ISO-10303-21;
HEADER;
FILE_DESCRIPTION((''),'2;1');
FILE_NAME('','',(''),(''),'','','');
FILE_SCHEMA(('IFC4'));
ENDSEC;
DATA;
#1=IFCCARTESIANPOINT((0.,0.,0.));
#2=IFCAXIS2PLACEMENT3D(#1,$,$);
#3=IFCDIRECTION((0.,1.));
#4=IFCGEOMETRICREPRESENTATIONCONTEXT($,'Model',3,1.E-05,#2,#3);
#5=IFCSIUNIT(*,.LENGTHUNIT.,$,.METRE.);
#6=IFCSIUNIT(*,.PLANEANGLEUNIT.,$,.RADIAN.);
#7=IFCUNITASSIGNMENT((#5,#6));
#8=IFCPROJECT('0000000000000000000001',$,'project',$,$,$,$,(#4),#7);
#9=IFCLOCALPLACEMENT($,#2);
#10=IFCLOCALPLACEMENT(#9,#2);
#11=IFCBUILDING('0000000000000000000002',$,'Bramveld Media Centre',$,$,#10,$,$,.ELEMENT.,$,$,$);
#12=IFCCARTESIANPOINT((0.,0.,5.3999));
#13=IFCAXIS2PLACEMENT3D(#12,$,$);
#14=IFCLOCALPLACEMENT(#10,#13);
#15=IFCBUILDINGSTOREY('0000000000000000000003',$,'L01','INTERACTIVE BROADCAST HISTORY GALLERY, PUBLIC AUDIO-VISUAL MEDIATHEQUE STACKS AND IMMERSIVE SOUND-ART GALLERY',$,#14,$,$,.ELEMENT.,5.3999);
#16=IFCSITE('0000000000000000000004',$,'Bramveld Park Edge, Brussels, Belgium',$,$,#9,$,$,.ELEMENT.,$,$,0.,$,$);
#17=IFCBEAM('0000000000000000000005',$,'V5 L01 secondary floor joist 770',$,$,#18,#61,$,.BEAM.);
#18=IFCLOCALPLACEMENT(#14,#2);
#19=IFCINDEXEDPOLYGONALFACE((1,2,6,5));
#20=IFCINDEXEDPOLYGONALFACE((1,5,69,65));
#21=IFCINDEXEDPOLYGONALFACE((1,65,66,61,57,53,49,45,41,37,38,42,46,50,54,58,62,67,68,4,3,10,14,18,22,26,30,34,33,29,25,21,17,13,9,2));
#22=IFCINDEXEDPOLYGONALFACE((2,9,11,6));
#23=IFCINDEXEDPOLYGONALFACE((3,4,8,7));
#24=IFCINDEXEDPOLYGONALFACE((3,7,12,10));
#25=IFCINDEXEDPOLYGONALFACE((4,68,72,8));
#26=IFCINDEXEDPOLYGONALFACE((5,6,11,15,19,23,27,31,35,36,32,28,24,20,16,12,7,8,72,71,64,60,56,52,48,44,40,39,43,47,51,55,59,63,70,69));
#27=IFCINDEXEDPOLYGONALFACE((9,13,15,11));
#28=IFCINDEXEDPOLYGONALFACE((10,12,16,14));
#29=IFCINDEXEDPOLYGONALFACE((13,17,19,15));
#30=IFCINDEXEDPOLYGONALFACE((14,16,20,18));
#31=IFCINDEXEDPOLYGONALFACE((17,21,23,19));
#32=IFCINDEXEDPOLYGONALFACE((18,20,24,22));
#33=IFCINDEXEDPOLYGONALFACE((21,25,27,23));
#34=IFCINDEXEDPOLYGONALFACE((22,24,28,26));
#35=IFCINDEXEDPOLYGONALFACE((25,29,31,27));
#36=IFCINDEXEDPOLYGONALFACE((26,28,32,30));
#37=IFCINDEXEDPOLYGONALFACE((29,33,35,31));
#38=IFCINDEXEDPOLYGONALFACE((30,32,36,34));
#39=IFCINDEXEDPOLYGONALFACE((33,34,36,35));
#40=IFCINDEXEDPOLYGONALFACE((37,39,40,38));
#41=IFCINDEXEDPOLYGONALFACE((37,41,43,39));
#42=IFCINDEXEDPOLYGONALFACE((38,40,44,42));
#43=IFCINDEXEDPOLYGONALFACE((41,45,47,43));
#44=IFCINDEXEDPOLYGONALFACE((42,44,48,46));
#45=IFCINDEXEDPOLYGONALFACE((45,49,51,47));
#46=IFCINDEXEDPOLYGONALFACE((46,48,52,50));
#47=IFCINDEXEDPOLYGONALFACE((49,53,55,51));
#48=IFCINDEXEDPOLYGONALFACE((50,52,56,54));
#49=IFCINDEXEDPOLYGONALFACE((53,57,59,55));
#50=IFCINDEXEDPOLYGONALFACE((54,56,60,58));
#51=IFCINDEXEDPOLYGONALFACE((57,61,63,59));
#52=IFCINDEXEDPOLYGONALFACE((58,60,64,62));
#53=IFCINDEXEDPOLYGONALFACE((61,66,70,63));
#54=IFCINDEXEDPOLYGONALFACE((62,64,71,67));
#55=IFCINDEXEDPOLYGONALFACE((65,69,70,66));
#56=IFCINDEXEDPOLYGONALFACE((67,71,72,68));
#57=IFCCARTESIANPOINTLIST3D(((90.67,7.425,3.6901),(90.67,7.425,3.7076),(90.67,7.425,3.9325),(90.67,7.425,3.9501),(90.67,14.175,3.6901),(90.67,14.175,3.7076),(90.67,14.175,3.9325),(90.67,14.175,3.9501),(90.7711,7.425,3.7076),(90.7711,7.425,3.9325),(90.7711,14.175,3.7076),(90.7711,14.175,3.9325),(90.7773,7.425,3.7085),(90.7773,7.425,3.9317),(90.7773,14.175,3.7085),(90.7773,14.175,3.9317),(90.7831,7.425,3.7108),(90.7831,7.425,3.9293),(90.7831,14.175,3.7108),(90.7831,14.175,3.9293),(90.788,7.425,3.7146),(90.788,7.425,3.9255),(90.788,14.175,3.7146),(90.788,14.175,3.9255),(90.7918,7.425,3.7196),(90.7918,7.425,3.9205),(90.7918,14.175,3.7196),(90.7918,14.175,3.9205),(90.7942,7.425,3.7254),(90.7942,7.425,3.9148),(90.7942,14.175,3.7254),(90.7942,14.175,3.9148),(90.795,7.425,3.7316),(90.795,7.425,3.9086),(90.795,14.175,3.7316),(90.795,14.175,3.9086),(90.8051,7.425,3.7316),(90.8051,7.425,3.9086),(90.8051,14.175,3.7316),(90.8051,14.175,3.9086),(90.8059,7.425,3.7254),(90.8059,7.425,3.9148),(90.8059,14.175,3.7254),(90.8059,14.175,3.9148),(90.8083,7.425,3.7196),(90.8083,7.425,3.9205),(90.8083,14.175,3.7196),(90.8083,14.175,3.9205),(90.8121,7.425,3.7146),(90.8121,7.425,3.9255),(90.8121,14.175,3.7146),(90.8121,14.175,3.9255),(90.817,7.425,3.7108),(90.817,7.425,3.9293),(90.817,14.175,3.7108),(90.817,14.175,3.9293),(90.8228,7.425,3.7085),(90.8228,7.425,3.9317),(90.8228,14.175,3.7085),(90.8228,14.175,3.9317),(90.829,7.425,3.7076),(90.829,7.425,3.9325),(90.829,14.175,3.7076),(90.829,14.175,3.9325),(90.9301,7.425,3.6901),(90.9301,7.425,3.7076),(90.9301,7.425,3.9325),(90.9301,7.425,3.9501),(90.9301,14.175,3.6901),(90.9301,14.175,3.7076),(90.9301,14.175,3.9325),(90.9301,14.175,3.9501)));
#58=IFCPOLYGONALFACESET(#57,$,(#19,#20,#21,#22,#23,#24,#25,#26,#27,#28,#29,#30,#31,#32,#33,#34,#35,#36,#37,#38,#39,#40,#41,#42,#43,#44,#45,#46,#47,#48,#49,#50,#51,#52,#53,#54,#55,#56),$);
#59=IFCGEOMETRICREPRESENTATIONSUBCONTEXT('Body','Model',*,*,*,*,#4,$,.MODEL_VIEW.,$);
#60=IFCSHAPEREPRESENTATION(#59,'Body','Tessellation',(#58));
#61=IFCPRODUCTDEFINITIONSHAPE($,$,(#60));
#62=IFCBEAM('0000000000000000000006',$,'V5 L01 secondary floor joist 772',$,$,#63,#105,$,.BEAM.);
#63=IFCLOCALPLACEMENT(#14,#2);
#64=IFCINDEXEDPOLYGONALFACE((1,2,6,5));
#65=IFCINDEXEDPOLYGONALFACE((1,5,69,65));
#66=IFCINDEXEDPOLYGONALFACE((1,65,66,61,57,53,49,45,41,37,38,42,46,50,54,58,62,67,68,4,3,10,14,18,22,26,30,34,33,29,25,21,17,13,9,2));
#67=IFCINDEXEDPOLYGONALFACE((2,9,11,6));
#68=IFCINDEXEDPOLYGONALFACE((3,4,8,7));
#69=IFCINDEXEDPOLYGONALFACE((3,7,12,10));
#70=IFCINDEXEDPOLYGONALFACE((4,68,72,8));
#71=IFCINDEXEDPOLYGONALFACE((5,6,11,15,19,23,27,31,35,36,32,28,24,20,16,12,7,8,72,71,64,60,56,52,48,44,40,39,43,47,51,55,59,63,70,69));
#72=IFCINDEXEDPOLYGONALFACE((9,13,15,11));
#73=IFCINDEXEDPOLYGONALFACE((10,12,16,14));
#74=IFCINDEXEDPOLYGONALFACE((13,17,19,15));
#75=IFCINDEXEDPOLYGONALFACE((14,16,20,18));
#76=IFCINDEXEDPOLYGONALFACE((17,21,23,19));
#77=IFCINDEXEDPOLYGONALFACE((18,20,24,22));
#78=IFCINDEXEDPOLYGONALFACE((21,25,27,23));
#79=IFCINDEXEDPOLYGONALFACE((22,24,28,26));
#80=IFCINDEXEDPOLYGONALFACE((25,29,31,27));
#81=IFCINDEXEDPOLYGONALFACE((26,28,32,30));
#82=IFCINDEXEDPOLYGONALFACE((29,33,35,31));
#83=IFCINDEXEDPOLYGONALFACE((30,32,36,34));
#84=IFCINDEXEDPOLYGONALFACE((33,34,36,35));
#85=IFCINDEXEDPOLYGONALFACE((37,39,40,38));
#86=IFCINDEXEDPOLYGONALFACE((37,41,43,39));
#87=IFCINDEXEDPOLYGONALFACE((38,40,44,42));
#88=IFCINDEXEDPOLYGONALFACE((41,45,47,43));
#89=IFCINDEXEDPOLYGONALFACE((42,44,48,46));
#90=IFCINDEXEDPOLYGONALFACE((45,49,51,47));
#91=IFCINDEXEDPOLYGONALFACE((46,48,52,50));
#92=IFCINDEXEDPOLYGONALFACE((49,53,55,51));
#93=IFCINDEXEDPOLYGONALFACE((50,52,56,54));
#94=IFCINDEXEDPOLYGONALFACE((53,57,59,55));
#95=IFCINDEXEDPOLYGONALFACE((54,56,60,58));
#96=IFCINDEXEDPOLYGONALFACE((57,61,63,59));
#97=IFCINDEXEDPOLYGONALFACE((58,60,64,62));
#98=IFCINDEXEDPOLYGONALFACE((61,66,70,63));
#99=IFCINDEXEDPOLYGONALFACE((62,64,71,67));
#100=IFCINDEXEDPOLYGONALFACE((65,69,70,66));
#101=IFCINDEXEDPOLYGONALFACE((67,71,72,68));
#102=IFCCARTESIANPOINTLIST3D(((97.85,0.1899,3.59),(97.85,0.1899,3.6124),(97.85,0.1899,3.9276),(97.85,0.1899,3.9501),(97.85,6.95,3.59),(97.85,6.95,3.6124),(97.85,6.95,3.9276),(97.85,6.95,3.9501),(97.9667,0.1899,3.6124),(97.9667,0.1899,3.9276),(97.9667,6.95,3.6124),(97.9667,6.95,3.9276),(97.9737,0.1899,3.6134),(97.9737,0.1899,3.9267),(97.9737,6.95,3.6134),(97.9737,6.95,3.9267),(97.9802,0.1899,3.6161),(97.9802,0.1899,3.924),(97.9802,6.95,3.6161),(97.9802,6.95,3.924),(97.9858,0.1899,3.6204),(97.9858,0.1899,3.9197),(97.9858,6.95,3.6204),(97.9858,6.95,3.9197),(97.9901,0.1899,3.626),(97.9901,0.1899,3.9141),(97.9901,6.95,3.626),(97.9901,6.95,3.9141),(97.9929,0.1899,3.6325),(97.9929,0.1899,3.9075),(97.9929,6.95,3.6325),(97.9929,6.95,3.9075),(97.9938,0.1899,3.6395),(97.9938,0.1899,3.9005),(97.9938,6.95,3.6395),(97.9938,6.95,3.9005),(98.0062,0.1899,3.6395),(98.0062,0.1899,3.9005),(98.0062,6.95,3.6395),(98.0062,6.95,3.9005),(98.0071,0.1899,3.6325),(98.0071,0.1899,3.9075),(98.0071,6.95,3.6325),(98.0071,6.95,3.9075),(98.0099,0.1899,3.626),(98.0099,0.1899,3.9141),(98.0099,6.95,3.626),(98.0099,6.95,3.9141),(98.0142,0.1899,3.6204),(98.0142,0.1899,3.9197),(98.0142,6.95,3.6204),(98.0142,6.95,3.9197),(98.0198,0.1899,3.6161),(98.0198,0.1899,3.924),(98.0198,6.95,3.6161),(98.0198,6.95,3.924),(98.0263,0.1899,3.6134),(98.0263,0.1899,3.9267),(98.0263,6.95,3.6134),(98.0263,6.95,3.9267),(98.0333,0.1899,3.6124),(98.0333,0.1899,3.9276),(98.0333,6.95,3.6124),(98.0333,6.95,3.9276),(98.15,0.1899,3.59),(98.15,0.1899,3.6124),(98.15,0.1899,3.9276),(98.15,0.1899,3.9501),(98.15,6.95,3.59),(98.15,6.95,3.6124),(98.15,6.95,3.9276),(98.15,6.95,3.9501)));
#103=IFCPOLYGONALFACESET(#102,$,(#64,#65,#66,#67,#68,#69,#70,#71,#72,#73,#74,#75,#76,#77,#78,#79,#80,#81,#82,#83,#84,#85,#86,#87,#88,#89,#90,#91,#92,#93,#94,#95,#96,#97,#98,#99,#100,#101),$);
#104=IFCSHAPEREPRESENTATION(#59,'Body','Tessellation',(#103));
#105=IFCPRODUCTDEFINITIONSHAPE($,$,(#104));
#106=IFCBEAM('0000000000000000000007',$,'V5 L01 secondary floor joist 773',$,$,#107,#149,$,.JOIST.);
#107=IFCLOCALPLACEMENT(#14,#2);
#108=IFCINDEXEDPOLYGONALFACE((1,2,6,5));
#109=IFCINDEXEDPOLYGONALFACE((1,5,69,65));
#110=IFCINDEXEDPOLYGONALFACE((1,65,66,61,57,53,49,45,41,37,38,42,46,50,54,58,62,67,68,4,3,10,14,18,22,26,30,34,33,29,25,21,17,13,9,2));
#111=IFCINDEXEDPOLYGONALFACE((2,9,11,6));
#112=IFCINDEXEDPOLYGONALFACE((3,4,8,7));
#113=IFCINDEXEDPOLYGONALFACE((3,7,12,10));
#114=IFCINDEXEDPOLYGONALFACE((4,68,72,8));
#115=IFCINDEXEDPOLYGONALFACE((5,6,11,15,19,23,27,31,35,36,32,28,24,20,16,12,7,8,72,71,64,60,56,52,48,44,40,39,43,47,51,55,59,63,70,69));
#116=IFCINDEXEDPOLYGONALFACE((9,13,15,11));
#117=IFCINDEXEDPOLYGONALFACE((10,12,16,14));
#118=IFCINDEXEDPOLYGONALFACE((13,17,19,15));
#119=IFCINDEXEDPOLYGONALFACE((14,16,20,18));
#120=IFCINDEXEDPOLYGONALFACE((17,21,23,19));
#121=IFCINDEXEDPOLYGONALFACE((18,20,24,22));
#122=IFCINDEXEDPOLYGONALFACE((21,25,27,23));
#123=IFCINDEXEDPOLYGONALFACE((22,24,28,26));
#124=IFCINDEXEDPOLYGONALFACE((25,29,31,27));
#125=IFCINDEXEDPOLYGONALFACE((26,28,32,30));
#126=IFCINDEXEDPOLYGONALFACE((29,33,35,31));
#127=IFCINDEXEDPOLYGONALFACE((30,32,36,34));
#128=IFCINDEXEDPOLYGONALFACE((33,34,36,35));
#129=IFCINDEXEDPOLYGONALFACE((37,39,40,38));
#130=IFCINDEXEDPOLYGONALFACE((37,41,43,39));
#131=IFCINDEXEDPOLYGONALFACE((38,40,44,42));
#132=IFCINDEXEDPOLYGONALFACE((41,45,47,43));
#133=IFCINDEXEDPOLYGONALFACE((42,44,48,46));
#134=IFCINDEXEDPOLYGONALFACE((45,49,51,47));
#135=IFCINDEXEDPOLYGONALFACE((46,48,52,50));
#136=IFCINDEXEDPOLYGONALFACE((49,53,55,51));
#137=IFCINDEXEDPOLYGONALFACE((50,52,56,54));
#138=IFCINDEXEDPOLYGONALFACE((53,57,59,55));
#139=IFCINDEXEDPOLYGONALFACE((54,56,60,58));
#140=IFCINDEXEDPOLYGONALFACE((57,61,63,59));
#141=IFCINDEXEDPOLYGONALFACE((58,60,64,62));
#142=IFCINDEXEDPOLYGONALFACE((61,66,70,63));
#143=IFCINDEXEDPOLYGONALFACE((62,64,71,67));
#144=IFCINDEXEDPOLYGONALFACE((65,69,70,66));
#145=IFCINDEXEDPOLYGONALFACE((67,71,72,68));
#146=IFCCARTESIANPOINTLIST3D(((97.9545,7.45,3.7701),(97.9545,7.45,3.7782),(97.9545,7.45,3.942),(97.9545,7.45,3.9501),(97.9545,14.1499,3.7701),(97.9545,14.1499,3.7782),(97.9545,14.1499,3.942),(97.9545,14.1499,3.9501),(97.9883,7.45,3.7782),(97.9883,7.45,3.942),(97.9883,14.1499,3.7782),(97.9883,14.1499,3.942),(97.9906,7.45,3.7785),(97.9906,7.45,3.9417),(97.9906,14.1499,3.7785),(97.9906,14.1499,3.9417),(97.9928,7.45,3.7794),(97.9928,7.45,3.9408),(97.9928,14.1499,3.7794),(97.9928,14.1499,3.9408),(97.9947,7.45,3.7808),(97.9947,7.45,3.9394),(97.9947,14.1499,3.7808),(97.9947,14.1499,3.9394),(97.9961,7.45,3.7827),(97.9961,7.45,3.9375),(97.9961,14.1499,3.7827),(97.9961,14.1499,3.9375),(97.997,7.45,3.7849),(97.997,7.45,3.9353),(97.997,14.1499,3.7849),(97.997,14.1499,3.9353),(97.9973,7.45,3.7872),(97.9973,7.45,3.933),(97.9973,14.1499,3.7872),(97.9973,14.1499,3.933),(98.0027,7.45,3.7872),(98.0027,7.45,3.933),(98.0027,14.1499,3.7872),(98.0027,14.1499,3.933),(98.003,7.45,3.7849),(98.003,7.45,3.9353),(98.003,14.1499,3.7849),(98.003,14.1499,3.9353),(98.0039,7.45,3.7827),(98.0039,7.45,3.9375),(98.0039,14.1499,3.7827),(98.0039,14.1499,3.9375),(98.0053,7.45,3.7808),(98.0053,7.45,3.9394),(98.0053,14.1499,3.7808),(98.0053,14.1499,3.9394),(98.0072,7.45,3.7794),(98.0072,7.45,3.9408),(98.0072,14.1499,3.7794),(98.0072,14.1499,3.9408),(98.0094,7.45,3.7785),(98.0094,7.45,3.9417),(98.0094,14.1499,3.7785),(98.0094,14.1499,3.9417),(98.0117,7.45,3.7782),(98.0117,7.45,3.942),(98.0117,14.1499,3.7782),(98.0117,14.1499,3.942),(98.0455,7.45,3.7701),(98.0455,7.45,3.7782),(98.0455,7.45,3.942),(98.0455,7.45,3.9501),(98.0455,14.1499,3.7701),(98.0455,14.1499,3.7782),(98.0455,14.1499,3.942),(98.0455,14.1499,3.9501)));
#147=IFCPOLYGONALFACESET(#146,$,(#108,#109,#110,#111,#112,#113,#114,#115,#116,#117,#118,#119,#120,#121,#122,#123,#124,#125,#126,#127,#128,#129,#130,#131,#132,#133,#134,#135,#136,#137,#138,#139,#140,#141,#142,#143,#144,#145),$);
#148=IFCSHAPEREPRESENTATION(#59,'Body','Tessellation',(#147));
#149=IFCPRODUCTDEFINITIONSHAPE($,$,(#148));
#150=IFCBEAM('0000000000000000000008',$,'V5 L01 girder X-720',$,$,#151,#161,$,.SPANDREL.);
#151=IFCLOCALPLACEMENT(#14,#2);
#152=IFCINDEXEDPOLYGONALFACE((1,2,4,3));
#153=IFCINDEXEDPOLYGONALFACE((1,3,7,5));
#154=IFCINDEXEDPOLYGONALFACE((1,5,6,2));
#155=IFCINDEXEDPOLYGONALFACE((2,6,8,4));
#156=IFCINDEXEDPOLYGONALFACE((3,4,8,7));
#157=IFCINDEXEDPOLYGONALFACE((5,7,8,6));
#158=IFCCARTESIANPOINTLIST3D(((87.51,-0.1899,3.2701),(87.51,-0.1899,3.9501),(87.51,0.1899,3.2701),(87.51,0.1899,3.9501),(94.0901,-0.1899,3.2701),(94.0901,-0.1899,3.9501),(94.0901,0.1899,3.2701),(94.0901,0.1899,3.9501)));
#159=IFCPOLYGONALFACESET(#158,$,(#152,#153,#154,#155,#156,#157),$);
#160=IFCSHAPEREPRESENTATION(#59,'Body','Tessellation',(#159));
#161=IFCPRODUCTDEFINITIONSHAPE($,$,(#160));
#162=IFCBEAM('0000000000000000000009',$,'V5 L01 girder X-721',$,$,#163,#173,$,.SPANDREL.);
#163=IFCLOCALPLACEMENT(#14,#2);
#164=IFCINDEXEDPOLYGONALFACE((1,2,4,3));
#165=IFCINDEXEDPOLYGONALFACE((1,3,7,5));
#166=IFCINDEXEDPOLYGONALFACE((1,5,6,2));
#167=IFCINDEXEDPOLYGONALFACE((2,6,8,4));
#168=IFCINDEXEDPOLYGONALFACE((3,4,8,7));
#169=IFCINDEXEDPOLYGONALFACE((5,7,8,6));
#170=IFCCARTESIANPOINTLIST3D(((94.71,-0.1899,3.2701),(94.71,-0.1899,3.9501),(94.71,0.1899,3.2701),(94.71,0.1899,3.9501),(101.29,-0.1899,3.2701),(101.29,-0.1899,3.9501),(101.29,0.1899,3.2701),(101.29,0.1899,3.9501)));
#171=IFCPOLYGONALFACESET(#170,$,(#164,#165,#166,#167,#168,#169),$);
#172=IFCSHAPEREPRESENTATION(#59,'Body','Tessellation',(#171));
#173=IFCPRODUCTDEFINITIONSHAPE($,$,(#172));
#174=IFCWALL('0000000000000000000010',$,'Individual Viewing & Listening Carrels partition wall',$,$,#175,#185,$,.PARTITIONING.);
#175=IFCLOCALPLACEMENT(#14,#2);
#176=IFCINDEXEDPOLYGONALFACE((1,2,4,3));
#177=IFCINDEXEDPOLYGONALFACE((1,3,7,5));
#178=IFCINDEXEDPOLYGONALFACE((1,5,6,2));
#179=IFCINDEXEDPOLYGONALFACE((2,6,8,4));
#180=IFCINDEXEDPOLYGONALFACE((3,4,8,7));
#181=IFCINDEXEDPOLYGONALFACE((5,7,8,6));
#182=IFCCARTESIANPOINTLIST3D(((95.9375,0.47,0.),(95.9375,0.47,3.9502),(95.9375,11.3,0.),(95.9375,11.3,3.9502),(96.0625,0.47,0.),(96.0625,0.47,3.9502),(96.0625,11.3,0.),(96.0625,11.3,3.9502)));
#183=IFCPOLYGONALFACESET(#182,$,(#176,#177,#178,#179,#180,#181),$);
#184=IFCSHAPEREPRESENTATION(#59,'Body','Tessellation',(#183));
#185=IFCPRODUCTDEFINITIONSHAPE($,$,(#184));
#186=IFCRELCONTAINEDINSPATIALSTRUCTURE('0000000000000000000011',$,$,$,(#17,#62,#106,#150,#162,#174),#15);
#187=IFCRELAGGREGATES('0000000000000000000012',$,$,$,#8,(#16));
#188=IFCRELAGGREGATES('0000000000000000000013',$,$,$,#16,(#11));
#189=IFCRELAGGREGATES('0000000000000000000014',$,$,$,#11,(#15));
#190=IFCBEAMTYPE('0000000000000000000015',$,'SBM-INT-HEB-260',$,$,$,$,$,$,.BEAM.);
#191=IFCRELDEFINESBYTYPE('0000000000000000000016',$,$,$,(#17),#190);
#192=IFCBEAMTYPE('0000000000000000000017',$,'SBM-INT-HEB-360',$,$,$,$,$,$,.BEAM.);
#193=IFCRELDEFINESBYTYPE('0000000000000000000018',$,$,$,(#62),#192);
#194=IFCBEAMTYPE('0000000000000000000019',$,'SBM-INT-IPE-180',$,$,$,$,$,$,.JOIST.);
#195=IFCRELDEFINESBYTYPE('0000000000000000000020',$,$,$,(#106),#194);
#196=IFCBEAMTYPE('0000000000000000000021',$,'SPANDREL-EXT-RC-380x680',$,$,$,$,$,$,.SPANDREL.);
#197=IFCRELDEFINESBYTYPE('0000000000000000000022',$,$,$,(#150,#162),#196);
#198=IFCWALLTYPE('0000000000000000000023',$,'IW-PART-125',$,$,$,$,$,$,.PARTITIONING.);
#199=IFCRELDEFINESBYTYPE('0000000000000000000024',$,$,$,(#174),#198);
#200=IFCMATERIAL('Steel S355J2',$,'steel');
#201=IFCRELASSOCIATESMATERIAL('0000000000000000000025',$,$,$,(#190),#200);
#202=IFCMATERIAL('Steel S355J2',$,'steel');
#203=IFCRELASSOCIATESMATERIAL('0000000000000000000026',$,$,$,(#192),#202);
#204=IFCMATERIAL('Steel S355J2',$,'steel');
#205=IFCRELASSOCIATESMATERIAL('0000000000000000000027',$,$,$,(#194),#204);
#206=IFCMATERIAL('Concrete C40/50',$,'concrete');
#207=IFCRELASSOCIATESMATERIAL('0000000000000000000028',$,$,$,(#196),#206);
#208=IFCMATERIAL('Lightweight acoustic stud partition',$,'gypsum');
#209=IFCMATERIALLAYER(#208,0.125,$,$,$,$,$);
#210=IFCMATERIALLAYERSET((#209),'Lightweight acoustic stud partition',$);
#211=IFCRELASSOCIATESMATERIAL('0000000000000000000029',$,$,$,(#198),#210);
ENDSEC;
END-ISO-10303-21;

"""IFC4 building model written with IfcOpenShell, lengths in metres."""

from ifc_helpers import new_model, si_unit, direction, frame, frame_2d, origin, origin_2d, place, context, subcontext, project, spatial, rectangle, i_section, extrude, material, layer, layer_set, material_profile, profile_set, type_object, element, save


model = new_model("IFC4")

# Units and contexts
model_context = context("Model", 3, precision=1e-05, world=origin(), true_north=direction((0.0, 1.0)))
body_context = subcontext(model_context, "Body", "Model", "MODEL_VIEW")
ifc_project = project(units=[si_unit("LENGTHUNIT", "METRE"), si_unit("PLANEANGLEUNIT", "RADIAN")], contexts=[model_context])

# Site, building, storey
site_placement = place(None, origin())
site = spatial("IfcSite", under=ifc_project, at=site_placement, Name="Bramveld Park Edge, Brussels, Belgium", CompositionType="ELEMENT", RefElevation=0.0)
building_placement = place(site_placement, origin())
building = spatial("IfcBuilding", under=site, at=building_placement, Name="Bramveld Media Centre", CompositionType="ELEMENT")
storey_placement = place(building_placement, frame((0.0, 0.0, 5.3999)))
storey = spatial("IfcBuildingStorey", under=building, at=storey_placement, Name="L01", Description="INTERACTIVE BROADCAST HISTORY GALLERY, PUBLIC AUDIO-VISUAL MEDIATHEQUE STACKS AND IMMERSIVE SOUND-ART GALLERY", CompositionType="ELEMENT", Elevation=5.3999)

# Beams
ifc_material_1 = material(Name="Steel S355J2", Category="steel")
ifc_material_profile_1 = material_profile(ifc_material_1, i_section(OverallWidth=0.26, OverallDepth=0.26, WebThickness=0.01, FlangeThickness=0.0176, FilletRadius=0.0239, at=origin_2d()), Name="HEB 260")
ifc_profile_set_1 = profile_set([ifc_material_profile_1], Name="Steel S355J2")
beam_type_1 = type_object("IfcBeamType", Name="SBM-INT-HEB-260", PredefinedType="BEAM", material=ifc_profile_set_1)
beam_1_placement = place(storey_placement, frame((90.8, 7.425, 3.8201), z_axis=(0.0, 1.0, 0.0), x_axis=(-1.0, 0.0, 0.0)))
element("IfcBeam", 1, at=beam_1_placement, inside=storey, type_object=beam_type_1, Name="V5 L01 secondary floor joist 770", PredefinedType="BEAM", context=body_context, shape_type="SweptSolid", body=[
    extrude(i_section(OverallWidth=0.26, OverallDepth=0.26, WebThickness=0.01, FlangeThickness=0.0176, FilletRadius=0.0239, at=origin_2d()), origin(), (0.0, 0.0, 1.0), 6.75),
])
ifc_material_2 = material(Name="Steel S355J2", Category="steel")
ifc_material_profile_2 = material_profile(ifc_material_2, i_section(OverallWidth=0.3, OverallDepth=0.3601, WebThickness=0.0125, FlangeThickness=0.0225, FilletRadius=0.0271, at=origin_2d()), Name="HEB 360")
ifc_profile_set_2 = profile_set([ifc_material_profile_2], Name="Steel S355J2")
beam_type_2 = type_object("IfcBeamType", Name="SBM-INT-HEB-360", PredefinedType="BEAM", material=ifc_profile_set_2)
beam_2_placement = place(storey_placement, frame((98.0, 0.1899, 3.77), z_axis=(0.0, 1.0, 0.0), x_axis=(-1.0, 0.0, 0.0)))
element("IfcBeam", 2, at=beam_2_placement, inside=storey, type_object=beam_type_2, Name="V5 L01 secondary floor joist 772", PredefinedType="BEAM", context=body_context, shape_type="SweptSolid", body=[
    extrude(i_section(OverallWidth=0.3, OverallDepth=0.3601, WebThickness=0.0125, FlangeThickness=0.0225, FilletRadius=0.0271, at=origin_2d()), origin(), (0.0, 0.0, 1.0), 6.76),
])
ifc_material_3 = material(Name="Steel S355J2", Category="steel")
ifc_material_profile_3 = material_profile(ifc_material_3, i_section(OverallWidth=0.0911, OverallDepth=0.1799, WebThickness=0.0054, FlangeThickness=0.0081, FilletRadius=0.009, at=origin_2d()), Name="IPE 180")
ifc_profile_set_3 = profile_set([ifc_material_profile_3], Name="Steel S355J2")
beam_type_3 = type_object("IfcBeamType", Name="SBM-INT-IPE-180", PredefinedType="JOIST", material=ifc_profile_set_3)
beam_3_placement = place(storey_placement, frame((98.0, 7.45, 3.8601), z_axis=(0.0, 1.0, 0.0), x_axis=(-1.0, 0.0, 0.0)))
element("IfcBeam", 3, at=beam_3_placement, inside=storey, type_object=beam_type_3, Name="V5 L01 secondary floor joist 773", PredefinedType="JOIST", context=body_context, shape_type="SweptSolid", body=[
    extrude(i_section(OverallWidth=0.0911, OverallDepth=0.1799, WebThickness=0.0054, FlangeThickness=0.0081, FilletRadius=0.009, at=origin_2d()), origin(), (0.0, 0.0, 1.0), 6.7),
])
ifc_material_4 = material(Name="Concrete C40/50", Category="concrete")
ifc_material_profile_4 = material_profile(ifc_material_4, rectangle(XDim=0.3799, YDim=0.6799, at=origin_2d()), Name="RC 380x680")
ifc_profile_set_4 = profile_set([ifc_material_profile_4], Name="Concrete C40/50")
beam_type_4 = type_object("IfcBeamType", Name="SPANDREL-EXT-RC-380x680", PredefinedType="SPANDREL", material=ifc_profile_set_4)
for number, where, z_axis, x_axis, name in (
    (4, (87.51, 0.0, 3.6101), (1.0, 0.0, 0.0), (0.0, 1.0, 0.0), "V5 L01 girder X-720"),
    (5, (94.71, 0.0, 3.6101), (1.0, 0.0, 0.0), (0.0, 1.0, 0.0), "V5 L01 girder X-721"),
):
    element("IfcBeam", number, at=place(storey_placement, frame(where, z_axis=z_axis, x_axis=x_axis)), inside=storey, type_object=beam_type_4, Name=name, PredefinedType="SPANDREL", context=body_context, shape_type="SweptSolid", body=[
        extrude(rectangle(XDim=0.3799, YDim=0.6799, at=origin_2d()), origin(), (0.0, 0.0, 1.0), 6.5801),
    ])

# Wall
ifc_material_5 = material(Name="Lightweight acoustic stud partition", Category="gypsum")
ifc_layer_1 = layer(ifc_material_5, 0.125)
ifc_layer_set_1 = layer_set([ifc_layer_1], Name="Lightweight acoustic stud partition")
wall_type_1 = type_object("IfcWallType", Name="IW-PART-125", PredefinedType="PARTITIONING", material=ifc_layer_set_1)
wall_1_placement = place(storey_placement, frame((96.0, 0.47, 0.0), z_axis=(0.0, 0.0, 1.0), x_axis=(0.0, 1.0, 0.0)))
element("IfcWall", 6, at=wall_1_placement, inside=storey, type_object=wall_type_1, Name="Individual Viewing & Listening Carrels partition wall", PredefinedType="PARTITIONING", context=body_context, shape_type="SweptSolid", body=[
    extrude(rectangle(XDim=10.8301, YDim=0.125, at=frame_2d((5.415, 0.0))), origin(), (0.0, 0.0, 1.0), 3.9502),
])

save(model, "model.ifc")
